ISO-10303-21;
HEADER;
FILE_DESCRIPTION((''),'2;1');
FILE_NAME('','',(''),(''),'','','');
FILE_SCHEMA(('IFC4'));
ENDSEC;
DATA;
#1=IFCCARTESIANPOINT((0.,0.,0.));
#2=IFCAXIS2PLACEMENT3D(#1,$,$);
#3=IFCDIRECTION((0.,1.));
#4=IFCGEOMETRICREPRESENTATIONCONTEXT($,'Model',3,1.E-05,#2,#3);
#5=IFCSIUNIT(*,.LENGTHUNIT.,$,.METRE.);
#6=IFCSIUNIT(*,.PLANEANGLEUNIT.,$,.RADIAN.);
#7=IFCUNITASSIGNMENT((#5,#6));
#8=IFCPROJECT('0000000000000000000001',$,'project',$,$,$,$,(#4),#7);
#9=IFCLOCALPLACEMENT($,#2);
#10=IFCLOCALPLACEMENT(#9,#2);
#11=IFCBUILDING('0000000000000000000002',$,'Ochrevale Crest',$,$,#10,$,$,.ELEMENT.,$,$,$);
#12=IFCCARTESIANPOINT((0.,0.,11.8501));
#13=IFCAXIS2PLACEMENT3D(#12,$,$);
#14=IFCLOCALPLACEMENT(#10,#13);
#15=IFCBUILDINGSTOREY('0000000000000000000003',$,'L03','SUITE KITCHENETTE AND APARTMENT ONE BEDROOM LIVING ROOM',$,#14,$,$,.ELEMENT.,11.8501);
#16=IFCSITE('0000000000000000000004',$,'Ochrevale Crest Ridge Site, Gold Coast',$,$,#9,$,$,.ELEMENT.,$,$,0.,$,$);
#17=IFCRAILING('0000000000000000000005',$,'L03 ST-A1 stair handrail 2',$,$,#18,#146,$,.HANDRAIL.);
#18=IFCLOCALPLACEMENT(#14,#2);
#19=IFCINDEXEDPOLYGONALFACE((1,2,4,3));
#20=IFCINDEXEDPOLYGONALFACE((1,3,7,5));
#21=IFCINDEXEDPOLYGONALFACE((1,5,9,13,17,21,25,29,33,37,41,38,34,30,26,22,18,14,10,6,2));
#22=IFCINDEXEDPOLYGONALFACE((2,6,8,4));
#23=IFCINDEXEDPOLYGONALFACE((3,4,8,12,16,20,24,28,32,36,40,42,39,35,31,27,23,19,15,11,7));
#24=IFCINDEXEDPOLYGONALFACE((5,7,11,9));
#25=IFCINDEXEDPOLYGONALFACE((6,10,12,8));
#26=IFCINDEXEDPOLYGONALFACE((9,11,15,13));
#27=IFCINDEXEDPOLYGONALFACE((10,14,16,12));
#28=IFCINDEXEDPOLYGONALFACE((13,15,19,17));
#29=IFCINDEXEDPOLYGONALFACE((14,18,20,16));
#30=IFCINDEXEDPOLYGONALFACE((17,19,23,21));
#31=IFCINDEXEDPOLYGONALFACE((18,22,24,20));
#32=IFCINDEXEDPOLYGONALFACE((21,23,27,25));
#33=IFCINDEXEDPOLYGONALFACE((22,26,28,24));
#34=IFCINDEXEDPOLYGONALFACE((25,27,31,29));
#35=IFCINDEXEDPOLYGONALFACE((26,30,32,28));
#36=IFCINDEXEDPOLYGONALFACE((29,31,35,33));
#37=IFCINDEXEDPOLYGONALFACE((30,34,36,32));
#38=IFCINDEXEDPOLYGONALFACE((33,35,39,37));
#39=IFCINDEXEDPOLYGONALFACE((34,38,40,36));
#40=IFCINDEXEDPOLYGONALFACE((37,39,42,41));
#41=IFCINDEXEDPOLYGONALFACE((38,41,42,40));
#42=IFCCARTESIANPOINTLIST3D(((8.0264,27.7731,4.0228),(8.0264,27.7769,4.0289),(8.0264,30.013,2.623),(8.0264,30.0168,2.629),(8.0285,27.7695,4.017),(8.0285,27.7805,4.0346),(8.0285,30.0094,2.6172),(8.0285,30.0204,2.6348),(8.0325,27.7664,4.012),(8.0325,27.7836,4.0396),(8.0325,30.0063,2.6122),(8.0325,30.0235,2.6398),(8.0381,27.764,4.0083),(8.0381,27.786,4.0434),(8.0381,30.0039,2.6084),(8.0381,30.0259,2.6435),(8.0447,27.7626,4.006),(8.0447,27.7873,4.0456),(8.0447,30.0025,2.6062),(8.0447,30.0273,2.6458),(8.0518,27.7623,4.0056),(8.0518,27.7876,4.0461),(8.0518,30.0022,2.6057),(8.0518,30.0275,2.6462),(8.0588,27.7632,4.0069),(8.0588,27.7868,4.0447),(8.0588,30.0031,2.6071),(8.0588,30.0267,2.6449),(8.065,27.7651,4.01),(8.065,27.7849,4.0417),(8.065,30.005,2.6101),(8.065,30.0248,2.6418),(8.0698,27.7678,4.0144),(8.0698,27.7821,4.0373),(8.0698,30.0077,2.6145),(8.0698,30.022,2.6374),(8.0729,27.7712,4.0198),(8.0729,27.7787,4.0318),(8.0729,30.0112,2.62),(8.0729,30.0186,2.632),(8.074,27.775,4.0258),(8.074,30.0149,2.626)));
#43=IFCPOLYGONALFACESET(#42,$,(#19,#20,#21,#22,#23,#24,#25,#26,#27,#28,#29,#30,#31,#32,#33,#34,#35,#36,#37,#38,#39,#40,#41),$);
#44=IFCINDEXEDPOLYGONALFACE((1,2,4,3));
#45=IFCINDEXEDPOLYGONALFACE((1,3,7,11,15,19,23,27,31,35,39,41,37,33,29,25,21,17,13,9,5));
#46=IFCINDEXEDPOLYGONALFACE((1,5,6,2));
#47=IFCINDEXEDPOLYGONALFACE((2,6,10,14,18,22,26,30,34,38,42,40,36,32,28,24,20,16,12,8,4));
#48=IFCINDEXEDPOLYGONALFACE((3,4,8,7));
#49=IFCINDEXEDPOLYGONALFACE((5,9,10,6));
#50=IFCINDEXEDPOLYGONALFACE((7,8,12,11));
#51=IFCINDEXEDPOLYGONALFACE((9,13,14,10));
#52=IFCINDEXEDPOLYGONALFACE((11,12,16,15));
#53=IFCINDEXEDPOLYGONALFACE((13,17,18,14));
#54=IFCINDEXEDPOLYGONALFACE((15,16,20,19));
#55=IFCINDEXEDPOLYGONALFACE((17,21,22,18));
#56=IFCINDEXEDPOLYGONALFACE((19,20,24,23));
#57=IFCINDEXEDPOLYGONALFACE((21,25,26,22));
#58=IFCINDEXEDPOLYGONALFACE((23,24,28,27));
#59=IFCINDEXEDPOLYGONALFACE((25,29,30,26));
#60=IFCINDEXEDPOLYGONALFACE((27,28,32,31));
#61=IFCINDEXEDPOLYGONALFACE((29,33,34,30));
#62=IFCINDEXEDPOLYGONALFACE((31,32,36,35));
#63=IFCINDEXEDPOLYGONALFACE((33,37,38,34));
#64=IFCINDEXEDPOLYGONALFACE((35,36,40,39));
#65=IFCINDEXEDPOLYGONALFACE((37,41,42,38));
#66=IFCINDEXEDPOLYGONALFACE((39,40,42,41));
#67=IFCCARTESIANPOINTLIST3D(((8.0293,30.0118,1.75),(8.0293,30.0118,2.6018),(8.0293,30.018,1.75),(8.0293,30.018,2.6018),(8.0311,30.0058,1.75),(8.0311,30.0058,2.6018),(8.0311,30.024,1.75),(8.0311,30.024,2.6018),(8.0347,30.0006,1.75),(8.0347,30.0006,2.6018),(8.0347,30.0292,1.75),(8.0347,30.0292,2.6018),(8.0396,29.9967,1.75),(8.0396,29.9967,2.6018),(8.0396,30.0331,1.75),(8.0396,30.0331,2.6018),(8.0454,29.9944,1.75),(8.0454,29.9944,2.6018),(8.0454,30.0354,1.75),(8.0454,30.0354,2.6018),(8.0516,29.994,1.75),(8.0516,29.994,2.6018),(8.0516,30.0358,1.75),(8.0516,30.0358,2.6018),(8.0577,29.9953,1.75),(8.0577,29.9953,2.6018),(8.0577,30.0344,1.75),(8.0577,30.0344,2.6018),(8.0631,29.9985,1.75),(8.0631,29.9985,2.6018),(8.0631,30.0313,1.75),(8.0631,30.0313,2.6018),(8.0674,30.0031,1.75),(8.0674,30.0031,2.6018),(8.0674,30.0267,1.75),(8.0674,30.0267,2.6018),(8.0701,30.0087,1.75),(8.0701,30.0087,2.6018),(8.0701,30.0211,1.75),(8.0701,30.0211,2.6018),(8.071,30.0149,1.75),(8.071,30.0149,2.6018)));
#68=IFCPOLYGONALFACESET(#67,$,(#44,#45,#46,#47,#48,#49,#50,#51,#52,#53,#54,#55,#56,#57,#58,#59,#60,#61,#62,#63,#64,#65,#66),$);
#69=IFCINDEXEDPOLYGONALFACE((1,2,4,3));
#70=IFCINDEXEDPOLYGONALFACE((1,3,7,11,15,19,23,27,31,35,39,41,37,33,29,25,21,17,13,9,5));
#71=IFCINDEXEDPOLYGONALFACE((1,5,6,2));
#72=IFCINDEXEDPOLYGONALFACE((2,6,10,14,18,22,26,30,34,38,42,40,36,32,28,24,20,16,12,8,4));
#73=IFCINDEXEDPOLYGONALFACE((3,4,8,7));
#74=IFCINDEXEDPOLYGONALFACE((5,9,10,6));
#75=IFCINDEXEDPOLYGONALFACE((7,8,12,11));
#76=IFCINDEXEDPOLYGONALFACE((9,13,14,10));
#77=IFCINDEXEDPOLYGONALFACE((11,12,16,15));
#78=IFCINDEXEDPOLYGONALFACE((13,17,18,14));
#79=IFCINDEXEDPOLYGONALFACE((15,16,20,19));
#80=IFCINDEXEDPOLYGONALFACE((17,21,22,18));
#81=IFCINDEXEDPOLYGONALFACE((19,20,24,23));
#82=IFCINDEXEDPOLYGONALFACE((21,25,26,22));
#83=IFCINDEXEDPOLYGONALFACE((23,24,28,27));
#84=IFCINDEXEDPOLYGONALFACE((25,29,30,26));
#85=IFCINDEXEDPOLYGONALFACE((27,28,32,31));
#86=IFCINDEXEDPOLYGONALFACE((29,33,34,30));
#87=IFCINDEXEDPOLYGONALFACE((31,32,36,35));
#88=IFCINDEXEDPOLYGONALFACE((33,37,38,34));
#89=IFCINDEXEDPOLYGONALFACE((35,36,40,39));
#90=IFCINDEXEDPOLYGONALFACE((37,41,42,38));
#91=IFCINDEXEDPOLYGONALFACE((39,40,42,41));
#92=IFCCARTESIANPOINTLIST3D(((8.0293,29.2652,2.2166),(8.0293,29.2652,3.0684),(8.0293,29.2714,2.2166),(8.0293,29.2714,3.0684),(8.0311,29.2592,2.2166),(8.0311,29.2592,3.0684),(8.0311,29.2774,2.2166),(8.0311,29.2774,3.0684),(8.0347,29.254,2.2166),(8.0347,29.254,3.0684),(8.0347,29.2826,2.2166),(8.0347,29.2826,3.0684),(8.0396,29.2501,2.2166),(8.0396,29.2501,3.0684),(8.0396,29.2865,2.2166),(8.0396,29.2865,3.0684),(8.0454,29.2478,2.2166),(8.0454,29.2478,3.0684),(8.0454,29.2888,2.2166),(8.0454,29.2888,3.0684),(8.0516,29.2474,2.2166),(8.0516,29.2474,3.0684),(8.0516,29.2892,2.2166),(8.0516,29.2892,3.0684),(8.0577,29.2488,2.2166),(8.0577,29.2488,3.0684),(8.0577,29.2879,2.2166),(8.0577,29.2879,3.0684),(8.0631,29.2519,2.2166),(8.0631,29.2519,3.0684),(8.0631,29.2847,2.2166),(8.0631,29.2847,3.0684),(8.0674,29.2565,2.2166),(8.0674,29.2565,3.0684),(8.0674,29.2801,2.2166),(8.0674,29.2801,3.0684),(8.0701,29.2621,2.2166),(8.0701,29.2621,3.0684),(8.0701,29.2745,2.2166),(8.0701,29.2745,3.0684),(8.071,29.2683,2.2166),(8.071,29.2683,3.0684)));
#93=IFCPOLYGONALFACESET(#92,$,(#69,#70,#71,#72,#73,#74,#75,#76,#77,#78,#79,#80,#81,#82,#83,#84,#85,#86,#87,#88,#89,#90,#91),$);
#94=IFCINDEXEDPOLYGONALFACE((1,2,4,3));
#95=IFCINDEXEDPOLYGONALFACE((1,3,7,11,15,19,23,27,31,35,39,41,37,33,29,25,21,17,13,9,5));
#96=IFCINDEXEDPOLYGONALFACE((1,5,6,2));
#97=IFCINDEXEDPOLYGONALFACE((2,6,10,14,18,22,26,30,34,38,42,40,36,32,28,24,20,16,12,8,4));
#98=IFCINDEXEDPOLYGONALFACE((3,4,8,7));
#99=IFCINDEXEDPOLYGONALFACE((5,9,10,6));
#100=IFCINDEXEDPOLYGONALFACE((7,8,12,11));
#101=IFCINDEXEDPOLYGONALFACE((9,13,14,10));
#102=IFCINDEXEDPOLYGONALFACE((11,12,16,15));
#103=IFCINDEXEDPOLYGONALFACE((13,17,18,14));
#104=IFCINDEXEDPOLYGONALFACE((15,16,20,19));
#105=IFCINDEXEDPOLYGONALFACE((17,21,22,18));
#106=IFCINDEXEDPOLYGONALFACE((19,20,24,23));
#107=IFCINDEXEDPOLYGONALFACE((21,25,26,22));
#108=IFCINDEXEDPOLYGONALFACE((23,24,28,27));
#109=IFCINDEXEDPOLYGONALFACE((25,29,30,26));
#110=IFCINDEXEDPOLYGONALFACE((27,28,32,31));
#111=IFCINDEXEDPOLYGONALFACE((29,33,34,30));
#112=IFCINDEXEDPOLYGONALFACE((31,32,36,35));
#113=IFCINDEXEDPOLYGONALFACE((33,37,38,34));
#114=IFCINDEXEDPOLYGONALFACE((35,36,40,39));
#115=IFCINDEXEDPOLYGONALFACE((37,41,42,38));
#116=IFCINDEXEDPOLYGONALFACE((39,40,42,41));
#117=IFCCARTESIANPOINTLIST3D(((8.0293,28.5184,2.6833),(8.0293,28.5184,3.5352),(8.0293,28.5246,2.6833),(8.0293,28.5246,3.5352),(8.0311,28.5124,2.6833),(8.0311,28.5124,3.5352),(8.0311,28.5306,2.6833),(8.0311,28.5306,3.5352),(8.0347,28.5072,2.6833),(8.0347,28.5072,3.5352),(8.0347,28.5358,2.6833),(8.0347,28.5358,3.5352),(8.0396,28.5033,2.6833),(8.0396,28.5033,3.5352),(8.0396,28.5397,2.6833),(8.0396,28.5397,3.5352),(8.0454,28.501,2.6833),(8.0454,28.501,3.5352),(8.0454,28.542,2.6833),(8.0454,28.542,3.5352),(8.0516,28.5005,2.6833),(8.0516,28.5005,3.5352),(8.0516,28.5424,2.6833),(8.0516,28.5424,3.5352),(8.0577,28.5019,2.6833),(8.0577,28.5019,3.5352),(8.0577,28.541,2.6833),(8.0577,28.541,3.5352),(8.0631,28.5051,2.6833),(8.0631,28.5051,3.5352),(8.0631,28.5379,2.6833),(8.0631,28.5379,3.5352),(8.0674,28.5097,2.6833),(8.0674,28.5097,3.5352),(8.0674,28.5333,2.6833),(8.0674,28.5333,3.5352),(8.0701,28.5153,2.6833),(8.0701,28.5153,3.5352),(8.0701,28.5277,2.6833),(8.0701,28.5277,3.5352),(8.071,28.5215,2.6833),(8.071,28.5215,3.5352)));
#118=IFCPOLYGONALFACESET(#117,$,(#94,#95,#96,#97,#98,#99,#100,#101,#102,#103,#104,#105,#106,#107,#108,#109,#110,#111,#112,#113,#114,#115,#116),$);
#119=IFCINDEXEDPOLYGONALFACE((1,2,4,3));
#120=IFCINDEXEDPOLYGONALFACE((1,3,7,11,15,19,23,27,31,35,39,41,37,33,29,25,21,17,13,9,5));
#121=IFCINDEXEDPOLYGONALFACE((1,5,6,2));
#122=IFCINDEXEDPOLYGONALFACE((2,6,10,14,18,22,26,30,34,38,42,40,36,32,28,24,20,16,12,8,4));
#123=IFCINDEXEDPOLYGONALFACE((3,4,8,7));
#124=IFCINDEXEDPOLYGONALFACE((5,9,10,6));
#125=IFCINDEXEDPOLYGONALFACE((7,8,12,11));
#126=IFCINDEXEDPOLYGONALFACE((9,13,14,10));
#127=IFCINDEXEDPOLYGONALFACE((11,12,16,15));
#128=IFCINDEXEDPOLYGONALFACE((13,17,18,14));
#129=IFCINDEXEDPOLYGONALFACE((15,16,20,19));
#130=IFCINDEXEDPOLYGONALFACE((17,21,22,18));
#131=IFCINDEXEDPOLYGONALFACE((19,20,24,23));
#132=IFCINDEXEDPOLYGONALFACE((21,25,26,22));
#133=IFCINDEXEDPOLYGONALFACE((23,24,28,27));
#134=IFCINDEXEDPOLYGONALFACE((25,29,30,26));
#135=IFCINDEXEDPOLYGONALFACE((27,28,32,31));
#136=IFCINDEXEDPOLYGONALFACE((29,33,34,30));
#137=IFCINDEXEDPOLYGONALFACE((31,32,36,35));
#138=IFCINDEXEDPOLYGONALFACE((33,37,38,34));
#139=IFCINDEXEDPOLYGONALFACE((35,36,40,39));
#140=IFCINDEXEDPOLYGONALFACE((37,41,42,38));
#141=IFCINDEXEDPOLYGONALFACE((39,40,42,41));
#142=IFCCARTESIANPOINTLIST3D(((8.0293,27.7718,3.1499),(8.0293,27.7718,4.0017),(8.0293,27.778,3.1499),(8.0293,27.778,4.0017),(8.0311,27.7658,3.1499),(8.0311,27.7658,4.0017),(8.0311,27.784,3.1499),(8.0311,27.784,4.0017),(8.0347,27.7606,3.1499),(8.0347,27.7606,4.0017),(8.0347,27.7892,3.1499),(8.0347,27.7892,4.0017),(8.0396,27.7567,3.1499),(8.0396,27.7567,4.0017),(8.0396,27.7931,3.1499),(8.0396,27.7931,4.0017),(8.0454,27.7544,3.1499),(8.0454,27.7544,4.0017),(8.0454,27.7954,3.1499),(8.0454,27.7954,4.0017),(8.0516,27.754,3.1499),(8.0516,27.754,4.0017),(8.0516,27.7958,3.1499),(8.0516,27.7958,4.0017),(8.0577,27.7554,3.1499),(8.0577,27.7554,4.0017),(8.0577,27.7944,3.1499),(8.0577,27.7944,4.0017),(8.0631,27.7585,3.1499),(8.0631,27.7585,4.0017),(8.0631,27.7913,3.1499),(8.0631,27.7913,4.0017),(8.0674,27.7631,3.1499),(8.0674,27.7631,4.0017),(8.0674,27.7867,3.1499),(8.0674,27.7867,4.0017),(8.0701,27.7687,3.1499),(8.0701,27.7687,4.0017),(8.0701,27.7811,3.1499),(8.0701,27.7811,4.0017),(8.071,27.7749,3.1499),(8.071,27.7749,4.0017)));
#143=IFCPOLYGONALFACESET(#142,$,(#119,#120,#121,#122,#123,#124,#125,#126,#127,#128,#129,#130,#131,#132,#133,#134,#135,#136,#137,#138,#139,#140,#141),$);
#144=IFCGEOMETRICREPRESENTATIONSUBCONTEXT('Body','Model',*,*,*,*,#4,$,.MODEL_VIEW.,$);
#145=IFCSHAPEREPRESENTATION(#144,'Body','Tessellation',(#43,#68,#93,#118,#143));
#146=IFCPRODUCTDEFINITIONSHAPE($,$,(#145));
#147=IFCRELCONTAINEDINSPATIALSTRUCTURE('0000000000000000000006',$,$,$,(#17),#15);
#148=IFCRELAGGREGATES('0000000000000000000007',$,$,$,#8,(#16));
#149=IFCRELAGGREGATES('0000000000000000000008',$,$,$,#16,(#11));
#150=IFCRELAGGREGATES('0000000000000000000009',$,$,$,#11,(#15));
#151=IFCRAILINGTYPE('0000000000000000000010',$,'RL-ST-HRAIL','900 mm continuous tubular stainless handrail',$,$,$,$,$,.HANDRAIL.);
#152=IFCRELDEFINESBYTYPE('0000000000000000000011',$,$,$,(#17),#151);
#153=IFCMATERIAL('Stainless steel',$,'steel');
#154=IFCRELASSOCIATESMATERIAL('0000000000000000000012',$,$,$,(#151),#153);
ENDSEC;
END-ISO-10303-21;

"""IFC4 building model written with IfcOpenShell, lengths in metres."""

from ifc_helpers import new_model, si_unit, direction, frame, origin, origin_2d, place, context, subcontext, project, spatial, circle, extrude, material, type_object, element, save


model = new_model("IFC4")

# Units and contexts
model_context = context("Model", 3, precision=1e-05, world=origin(), true_north=direction((0.0, 1.0)))
body_context = subcontext(model_context, "Body", "Model", "MODEL_VIEW")
ifc_project = project(units=[si_unit("LENGTHUNIT", "METRE"), si_unit("PLANEANGLEUNIT", "RADIAN")], contexts=[model_context])

# Site, building, storey
site_placement = place(None, origin())
site = spatial("IfcSite", under=ifc_project, at=site_placement, Name="Ochrevale Crest Ridge Site, Gold Coast", CompositionType="ELEMENT", RefElevation=0.0)
building_placement = place(site_placement, origin())
building = spatial("IfcBuilding", under=site, at=building_placement, Name="Ochrevale Crest", CompositionType="ELEMENT")
storey_placement = place(building_placement, frame((0.0, 0.0, 11.8501)))
storey = spatial("IfcBuildingStorey", under=building, at=storey_placement, Name="L03", Description="SUITE KITCHENETTE AND APARTMENT ONE BEDROOM LIVING ROOM", CompositionType="ELEMENT", Elevation=11.8501)

# Railing
ifc_material_1 = material(Name="Stainless steel", Category="steel")
railing_type_1 = type_object("IfcRailingType", Name="RL-ST-HRAIL", Description="900 mm continuous tubular stainless handrail", PredefinedType="HANDRAIL", material=ifc_material_1)
railing_1_placement = place(storey_placement, frame((8.05, 30.0149, 1.75)))
element("IfcRailing", 1, at=railing_1_placement, inside=storey, type_object=railing_type_1, Name="L03 ST-A1 stair handrail 2", PredefinedType="HANDRAIL", context=body_context, shape_type="SweptSolid", body=[
    extrude(circle(Radius=0.0239, at=origin_2d()), frame((0.0, 0.0, 0.876), z_axis=(0.0, -0.848014, 0.529974), x_axis=(1.0, 0.0, 0.0)), (0.0, 0.0, 1.0), 2.6414),
    extrude(circle(Radius=0.021, at=origin_2d()), origin(), (0.0, 0.0, 1.0), 0.8518),
    extrude(circle(Radius=0.021, at=origin_2d()), frame((0.0, -0.7466, 0.4666)), (0.0, 0.0, 1.0), 0.8518),
    extrude(circle(Radius=0.021, at=origin_2d()), frame((0.0, -1.4934, 0.9333)), (0.0, 0.0, 1.0), 0.8518),
    extrude(circle(Radius=0.021, at=origin_2d()), frame((0.0, -2.24, 1.3999)), (0.0, 0.0, 1.0), 0.8518),
])

save(model, "model.ifc")
